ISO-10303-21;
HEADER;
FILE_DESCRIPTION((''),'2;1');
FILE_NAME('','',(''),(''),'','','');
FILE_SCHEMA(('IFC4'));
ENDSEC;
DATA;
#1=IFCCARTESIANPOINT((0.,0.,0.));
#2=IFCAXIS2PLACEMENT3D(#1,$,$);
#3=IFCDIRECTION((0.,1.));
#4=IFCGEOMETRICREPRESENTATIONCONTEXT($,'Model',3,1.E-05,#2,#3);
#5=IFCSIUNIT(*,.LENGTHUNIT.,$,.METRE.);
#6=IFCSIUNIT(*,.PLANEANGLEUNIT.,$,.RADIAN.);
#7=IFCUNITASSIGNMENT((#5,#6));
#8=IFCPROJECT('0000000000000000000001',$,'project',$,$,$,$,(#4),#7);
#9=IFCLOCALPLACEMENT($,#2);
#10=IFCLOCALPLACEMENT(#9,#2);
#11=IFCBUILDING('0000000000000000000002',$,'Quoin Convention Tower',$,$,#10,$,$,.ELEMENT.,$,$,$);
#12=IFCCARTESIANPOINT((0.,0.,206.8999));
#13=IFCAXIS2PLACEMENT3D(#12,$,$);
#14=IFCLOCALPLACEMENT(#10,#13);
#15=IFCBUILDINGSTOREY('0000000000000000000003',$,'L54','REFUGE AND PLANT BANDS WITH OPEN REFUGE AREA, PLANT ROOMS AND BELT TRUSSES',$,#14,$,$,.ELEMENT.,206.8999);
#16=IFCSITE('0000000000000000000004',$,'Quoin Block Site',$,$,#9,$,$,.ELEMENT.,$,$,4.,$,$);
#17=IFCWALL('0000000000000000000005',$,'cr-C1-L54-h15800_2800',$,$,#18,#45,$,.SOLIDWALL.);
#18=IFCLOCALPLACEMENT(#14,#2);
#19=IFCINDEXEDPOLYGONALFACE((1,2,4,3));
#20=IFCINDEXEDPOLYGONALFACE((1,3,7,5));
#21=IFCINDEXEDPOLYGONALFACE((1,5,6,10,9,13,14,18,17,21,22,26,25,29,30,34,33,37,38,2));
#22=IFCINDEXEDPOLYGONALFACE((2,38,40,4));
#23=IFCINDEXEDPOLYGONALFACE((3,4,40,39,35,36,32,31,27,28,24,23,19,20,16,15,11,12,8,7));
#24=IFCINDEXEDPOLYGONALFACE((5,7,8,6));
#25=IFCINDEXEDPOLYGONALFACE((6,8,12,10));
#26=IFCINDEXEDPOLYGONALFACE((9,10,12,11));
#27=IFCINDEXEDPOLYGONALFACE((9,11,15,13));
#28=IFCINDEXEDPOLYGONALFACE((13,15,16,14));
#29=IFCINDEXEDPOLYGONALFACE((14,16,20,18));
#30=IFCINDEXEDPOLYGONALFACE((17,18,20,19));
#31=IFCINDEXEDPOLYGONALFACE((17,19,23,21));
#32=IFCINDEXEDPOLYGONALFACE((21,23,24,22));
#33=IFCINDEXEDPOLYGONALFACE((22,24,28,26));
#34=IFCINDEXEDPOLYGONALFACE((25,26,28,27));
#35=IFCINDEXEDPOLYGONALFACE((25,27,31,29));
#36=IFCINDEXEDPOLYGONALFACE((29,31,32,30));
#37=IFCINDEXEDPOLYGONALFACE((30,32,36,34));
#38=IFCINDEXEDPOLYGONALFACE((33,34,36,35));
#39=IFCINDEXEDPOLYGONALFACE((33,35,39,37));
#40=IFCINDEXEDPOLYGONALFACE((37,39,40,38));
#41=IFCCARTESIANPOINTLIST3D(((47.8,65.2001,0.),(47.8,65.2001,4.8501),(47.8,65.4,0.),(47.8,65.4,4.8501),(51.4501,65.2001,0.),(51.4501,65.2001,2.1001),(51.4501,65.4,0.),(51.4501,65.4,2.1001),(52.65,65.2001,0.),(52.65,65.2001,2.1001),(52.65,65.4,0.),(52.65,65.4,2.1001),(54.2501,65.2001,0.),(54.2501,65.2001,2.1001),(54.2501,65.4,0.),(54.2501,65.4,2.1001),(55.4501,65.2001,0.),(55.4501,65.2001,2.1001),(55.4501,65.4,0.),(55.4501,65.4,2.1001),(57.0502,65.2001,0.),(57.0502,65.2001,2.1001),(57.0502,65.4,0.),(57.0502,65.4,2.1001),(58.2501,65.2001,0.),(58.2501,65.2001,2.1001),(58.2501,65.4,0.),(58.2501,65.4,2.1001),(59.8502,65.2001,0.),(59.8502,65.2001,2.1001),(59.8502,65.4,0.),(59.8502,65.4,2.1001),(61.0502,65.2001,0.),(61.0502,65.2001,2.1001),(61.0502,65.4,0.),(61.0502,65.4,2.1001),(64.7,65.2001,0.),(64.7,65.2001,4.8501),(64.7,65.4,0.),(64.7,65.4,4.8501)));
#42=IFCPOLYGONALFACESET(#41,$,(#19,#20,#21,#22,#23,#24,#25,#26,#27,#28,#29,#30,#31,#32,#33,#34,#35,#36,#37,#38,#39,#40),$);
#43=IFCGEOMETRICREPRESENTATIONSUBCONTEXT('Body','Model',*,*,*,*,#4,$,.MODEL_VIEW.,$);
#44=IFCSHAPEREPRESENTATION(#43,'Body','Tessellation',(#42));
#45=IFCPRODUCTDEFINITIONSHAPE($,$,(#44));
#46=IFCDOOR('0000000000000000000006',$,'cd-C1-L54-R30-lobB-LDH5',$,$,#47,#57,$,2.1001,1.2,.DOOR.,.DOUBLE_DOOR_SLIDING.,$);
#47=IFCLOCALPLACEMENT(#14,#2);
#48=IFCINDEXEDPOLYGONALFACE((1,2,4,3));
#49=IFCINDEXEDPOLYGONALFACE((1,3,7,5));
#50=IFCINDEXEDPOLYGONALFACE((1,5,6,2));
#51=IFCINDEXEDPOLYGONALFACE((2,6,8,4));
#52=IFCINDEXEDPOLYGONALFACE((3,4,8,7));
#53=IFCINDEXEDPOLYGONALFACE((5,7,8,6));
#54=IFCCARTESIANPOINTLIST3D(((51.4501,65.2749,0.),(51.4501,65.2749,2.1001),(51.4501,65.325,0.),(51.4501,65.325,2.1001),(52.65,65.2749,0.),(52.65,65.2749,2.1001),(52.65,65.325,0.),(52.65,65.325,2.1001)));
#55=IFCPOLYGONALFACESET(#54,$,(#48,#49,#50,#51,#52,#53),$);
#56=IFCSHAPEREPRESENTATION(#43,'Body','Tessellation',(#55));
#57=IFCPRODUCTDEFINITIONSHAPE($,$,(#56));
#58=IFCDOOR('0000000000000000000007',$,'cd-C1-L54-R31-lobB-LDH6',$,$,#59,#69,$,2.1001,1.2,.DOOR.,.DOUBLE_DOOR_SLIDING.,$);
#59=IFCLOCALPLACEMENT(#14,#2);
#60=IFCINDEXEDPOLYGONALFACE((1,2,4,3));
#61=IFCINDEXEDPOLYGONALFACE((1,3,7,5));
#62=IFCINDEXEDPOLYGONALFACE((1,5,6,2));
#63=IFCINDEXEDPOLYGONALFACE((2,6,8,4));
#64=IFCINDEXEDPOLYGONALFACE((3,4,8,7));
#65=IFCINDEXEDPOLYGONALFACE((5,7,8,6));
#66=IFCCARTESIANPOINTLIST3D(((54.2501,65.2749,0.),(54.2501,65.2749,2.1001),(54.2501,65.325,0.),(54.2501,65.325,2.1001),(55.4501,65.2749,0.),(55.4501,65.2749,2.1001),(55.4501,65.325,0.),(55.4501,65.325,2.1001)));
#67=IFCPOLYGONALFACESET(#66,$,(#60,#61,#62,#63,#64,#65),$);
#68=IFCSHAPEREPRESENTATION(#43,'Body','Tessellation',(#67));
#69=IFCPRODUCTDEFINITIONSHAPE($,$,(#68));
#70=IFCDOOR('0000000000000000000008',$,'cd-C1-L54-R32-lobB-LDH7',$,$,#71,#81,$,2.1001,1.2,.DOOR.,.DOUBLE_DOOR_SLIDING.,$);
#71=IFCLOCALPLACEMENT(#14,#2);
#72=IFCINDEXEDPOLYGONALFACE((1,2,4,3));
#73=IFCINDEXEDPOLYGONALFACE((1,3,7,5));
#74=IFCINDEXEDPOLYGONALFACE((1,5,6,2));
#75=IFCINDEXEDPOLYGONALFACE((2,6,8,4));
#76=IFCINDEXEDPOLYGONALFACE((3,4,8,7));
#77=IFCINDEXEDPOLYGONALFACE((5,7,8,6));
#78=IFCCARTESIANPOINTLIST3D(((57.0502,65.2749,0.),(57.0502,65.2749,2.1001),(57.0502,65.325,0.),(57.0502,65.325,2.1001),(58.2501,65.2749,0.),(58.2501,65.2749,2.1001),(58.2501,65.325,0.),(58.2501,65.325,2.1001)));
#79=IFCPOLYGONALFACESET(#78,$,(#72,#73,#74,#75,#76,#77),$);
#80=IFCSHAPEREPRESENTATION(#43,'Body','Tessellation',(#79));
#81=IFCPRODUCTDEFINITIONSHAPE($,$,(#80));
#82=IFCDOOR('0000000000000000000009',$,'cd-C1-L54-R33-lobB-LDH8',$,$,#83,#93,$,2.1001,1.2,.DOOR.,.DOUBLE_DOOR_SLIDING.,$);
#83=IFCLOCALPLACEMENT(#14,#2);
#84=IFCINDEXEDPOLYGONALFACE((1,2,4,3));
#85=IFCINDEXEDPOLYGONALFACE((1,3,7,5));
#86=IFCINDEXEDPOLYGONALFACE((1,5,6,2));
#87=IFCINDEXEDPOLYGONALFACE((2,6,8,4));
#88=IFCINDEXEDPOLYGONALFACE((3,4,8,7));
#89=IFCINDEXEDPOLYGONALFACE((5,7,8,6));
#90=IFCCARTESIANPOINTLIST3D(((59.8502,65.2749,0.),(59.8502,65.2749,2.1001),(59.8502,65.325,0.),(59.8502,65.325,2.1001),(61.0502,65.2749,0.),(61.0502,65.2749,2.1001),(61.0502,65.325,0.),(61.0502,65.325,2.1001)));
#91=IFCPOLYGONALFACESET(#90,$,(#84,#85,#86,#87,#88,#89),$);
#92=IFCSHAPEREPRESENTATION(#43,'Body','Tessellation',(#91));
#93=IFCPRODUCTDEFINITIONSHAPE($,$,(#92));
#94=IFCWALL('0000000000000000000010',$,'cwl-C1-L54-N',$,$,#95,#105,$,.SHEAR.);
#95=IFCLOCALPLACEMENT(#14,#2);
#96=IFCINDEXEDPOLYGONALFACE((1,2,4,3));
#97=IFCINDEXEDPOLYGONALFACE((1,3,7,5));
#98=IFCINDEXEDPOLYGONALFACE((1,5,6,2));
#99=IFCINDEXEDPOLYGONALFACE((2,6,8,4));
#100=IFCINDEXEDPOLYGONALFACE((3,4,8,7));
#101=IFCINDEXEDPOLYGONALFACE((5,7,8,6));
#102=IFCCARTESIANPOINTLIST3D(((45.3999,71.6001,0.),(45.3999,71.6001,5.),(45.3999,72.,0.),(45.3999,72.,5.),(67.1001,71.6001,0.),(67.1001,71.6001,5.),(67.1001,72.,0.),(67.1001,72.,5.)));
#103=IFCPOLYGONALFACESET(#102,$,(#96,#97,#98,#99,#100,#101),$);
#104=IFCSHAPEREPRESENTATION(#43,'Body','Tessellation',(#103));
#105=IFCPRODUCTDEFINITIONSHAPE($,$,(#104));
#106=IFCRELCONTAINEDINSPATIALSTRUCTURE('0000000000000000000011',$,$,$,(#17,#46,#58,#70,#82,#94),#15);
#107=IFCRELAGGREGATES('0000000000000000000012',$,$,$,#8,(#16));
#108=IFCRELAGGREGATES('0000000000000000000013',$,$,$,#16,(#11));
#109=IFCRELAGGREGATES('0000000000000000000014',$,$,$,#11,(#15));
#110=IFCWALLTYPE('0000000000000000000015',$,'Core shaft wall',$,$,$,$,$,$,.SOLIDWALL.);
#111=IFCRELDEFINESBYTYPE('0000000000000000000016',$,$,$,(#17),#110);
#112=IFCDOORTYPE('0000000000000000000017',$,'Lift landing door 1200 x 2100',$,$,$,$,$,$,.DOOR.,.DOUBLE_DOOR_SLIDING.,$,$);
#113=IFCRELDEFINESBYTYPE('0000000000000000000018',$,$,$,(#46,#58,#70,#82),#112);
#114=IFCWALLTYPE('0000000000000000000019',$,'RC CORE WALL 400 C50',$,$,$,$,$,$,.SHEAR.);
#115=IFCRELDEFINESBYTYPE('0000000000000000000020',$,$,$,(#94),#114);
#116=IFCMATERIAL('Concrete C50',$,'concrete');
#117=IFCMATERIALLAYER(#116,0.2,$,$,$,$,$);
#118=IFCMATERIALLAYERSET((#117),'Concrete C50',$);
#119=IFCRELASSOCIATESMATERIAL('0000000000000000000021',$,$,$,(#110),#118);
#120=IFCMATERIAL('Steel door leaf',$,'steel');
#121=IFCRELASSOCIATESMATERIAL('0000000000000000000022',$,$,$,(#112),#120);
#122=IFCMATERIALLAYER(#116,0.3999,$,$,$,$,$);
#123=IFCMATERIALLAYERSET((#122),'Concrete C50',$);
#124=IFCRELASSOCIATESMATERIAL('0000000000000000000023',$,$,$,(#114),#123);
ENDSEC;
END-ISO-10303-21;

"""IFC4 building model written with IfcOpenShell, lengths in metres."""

from ifc_helpers import new_model, si_unit, direction, frame, frame_2d, origin, place, context, subcontext, project, spatial, rectangle, extrude, material, layer, layer_set, type_object, element, fill, save


model = new_model("IFC4")

# Units and contexts
model_context = context("Model", 3, precision=1e-05, world=origin(), true_north=direction((0.0, 1.0)))
body_context = subcontext(model_context, "Body", "Model", "MODEL_VIEW")
ifc_project = project(units=[si_unit("LENGTHUNIT", "METRE"), si_unit("PLANEANGLEUNIT", "RADIAN")], contexts=[model_context])

# Site, building, storey
site_placement = place(None, origin())
site = spatial("IfcSite", under=ifc_project, at=site_placement, Name="Quoin Block Site", CompositionType="ELEMENT", RefElevation=4.0)
building_placement = place(site_placement, origin())
building = spatial("IfcBuilding", under=site, at=building_placement, Name="Quoin Convention Tower", CompositionType="ELEMENT")
storey_placement = place(building_placement, frame((0.0, 0.0, 206.8999)))
storey = spatial("IfcBuildingStorey", under=building, at=storey_placement, Name="L54", Description="REFUGE AND PLANT BANDS WITH OPEN REFUGE AREA, PLANT ROOMS AND BELT TRUSSES", CompositionType="ELEMENT", Elevation=206.8999)

# Shared definitions
ifc_material_1 = material(Name="Concrete C50", Category="concrete")

# Shared definitions
ifc_material_2 = material(Name="Steel door leaf", Category="steel")

# Shared definitions
ifc_layer_1 = layer(ifc_material_1, 0.2)
ifc_layer_set_1 = layer_set([ifc_layer_1], Name="Concrete C50")
wall_type_1 = type_object("IfcWallType", Name="Core shaft wall", PredefinedType="SOLIDWALL", material=ifc_layer_set_1)

# Wall, openings, doors
wall_1_placement = place(storey_placement, frame((47.8, 65.3, 0.0), z_axis=(0.0, 0.0, 1.0), x_axis=(1.0, 0.0, 0.0)))
wall_1 = element("IfcWall", 1, at=wall_1_placement, inside=storey, type_object=wall_type_1, Name="cr-C1-L54-h15800_2800", PredefinedType="SOLIDWALL", context=body_context, shape_type="SweptSolid", body=[
    extrude(rectangle(XDim=16.8999, YDim=0.2, at=frame_2d((8.45, 0.0))), origin(), (0.0, 0.0, 1.0), 4.8501),
])
opening_1_placement = place(wall_1_placement, frame((3.6499, 0.0, 0.0)))
opening_1 = element("IfcOpeningElement", 2, at=opening_1_placement, cuts=wall_1, PredefinedType="OPENING", context=body_context, shape_type="SweptSolid", body=[
    extrude(rectangle(XDim=1.2, YDim=2.1001, at=frame_2d((0.6001, 1.05))), frame((0.0, 0.1099, 0.0), z_axis=(0.0, -1.0, 0.0), x_axis=(1.0, 0.0, 0.0)), (0.0, 0.0, 1.0), 0.22),
])
opening_2_placement = place(wall_1_placement, frame((6.45, 0.0, 0.0)))
opening_2 = element("IfcOpeningElement", 3, at=opening_2_placement, cuts=wall_1, PredefinedType="OPENING", context=body_context, shape_type="SweptSolid", body=[
    extrude(rectangle(XDim=1.2, YDim=2.1001, at=frame_2d((0.6001, 1.05))), frame((0.0, 0.1099, 0.0), z_axis=(0.0, -1.0, 0.0), x_axis=(1.0, 0.0, 0.0)), (0.0, 0.0, 1.0), 0.22),
])
opening_3_placement = place(wall_1_placement, frame((9.25, 0.0, 0.0)))
opening_3 = element("IfcOpeningElement", 4, at=opening_3_placement, cuts=wall_1, PredefinedType="OPENING", context=body_context, shape_type="SweptSolid", body=[
    extrude(rectangle(XDim=1.2, YDim=2.1001, at=frame_2d((0.6001, 1.05))), frame((0.0, 0.1099, 0.0), z_axis=(0.0, -1.0, 0.0), x_axis=(1.0, 0.0, 0.0)), (0.0, 0.0, 1.0), 0.22),
])
opening_4_placement = place(wall_1_placement, frame((12.05, 0.0, 0.0)))
opening_4 = element("IfcOpeningElement", 5, at=opening_4_placement, cuts=wall_1, PredefinedType="OPENING", context=body_context, shape_type="SweptSolid", body=[
    extrude(rectangle(XDim=1.2, YDim=2.1001, at=frame_2d((0.6001, 1.05))), frame((0.0, 0.1099, 0.0), z_axis=(0.0, -1.0, 0.0), x_axis=(1.0, 0.0, 0.0)), (0.0, 0.0, 1.0), 0.22),
])
door_type_1 = type_object("IfcDoorType", Name="Lift landing door 1200 x 2100", OperationType="DOUBLE_DOOR_SLIDING", PredefinedType="DOOR", material=ifc_material_2)
door_1_placement = place(opening_1_placement, origin())
door_1 = element("IfcDoor", 6, at=door_1_placement, inside=storey, type_object=door_type_1, Name="cd-C1-L54-R30-lobB-LDH5", OperationType="DOUBLE_DOOR_SLIDING", OverallHeight=2.1001, OverallWidth=1.2, PredefinedType="DOOR", context=body_context, shape_type="SweptSolid", body=[
    extrude(rectangle(XDim=1.2, YDim=2.1001, at=frame_2d((0.6001, 1.05))), frame((0.0, 0.0249, 0.0), z_axis=(0.0, -1.0, 0.0), x_axis=(1.0, 0.0, 0.0)), (0.0, 0.0, 1.0), 0.05),
])
fill(opening_1, door_1)
door_2_placement = place(opening_2_placement, origin())
door_2 = element("IfcDoor", 7, at=door_2_placement, inside=storey, type_object=door_type_1, Name="cd-C1-L54-R31-lobB-LDH6", OperationType="DOUBLE_DOOR_SLIDING", OverallHeight=2.1001, OverallWidth=1.2, PredefinedType="DOOR", context=body_context, shape_type="SweptSolid", body=[
    extrude(rectangle(XDim=1.2, YDim=2.1001, at=frame_2d((0.6001, 1.05))), frame((0.0, 0.0249, 0.0), z_axis=(0.0, -1.0, 0.0), x_axis=(1.0, 0.0, 0.0)), (0.0, 0.0, 1.0), 0.05),
])
fill(opening_2, door_2)
door_3_placement = place(opening_3_placement, origin())
door_3 = element("IfcDoor", 8, at=door_3_placement, inside=storey, type_object=door_type_1, Name="cd-C1-L54-R32-lobB-LDH7", OperationType="DOUBLE_DOOR_SLIDING", OverallHeight=2.1001, OverallWidth=1.2, PredefinedType="DOOR", context=body_context, shape_type="SweptSolid", body=[
    extrude(rectangle(XDim=1.2, YDim=2.1001, at=frame_2d((0.6001, 1.05))), frame((0.0, 0.0249, 0.0), z_axis=(0.0, -1.0, 0.0), x_axis=(1.0, 0.0, 0.0)), (0.0, 0.0, 1.0), 0.05),
])
fill(opening_3, door_3)
door_4_placement = place(opening_4_placement, origin())
door_4 = element("IfcDoor", 9, at=door_4_placement, inside=storey, type_object=door_type_1, Name="cd-C1-L54-R33-lobB-LDH8", OperationType="DOUBLE_DOOR_SLIDING", OverallHeight=2.1001, OverallWidth=1.2, PredefinedType="DOOR", context=body_context, shape_type="SweptSolid", body=[
    extrude(rectangle(XDim=1.2, YDim=2.1001, at=frame_2d((0.6001, 1.05))), frame((0.0, 0.0249, 0.0), z_axis=(0.0, -1.0, 0.0), x_axis=(1.0, 0.0, 0.0)), (0.0, 0.0, 1.0), 0.05),
])
fill(opening_4, door_4)

# Wall
ifc_layer_2 = layer(ifc_material_1, 0.3999)
ifc_layer_set_2 = layer_set([ifc_layer_2], Name="Concrete C50")
wall_type_2 = type_object("IfcWallType", Name="RC CORE WALL 400 C50", PredefinedType="SHEAR", material=ifc_layer_set_2)
wall_2_placement = place(storey_placement, frame((45.3999, 71.8, 0.0), z_axis=(0.0, 0.0, 1.0), x_axis=(1.0, 0.0, 0.0)))
element("IfcWall", 10, at=wall_2_placement, inside=storey, type_object=wall_type_2, Name="cwl-C1-L54-N", PredefinedType="SHEAR", context=body_context, shape_type="SweptSolid", body=[
    extrude(rectangle(XDim=21.7002, YDim=0.3999, at=frame_2d((10.8501, 0.0))), origin(), (0.0, 0.0, 1.0), 5.0),
])

save(model, "model.ifc")
